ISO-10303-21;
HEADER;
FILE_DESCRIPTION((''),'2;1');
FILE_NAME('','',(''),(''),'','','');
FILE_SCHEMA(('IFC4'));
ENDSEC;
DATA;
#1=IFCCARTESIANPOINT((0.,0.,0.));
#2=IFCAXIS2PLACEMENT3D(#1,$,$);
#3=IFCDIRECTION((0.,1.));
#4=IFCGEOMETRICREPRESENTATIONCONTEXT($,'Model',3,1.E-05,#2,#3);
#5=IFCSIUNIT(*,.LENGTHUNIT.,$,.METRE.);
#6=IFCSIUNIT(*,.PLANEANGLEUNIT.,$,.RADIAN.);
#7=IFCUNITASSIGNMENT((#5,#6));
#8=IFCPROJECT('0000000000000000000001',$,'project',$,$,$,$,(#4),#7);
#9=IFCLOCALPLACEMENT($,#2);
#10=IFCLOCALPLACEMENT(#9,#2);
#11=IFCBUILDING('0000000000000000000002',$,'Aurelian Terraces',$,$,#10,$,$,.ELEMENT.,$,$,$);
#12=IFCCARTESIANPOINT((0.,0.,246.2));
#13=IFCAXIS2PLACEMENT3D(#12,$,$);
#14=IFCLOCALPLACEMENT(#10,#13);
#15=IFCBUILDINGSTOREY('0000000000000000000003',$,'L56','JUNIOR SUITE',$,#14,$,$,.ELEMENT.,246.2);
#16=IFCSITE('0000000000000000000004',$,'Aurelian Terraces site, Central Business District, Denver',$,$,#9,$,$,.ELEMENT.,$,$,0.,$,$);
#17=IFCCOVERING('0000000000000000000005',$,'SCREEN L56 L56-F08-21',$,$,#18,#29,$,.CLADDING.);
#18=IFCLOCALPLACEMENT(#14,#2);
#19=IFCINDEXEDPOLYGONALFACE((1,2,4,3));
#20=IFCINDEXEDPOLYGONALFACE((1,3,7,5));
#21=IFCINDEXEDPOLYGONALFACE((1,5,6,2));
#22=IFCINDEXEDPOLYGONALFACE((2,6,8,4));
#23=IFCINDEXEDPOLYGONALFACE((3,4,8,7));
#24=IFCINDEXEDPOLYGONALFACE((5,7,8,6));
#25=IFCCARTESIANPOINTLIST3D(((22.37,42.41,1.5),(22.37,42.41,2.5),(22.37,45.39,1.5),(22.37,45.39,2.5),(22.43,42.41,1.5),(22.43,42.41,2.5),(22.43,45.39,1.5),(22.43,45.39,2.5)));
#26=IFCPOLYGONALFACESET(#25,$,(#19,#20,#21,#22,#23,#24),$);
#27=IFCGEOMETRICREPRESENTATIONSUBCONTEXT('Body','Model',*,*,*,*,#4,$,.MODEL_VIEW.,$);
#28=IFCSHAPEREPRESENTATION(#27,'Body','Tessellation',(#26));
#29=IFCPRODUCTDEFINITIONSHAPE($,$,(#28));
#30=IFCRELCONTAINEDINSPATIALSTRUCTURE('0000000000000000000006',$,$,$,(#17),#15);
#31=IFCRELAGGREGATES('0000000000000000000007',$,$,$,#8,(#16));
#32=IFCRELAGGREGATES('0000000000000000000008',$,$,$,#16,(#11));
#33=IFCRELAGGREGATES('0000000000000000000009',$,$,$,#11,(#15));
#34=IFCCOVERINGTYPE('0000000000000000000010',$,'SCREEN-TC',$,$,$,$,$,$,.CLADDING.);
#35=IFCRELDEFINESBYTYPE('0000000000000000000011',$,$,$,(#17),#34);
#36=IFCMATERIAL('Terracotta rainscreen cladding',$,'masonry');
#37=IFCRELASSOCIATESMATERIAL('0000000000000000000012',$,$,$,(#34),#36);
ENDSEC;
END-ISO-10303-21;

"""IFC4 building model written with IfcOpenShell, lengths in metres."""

from ifc_helpers import new_model, si_unit, direction, frame, origin, origin_2d, place, context, subcontext, project, spatial, rectangle, extrude, source, transform, mapped, material, type_object, element, save


model = new_model("IFC4")

# Units and contexts
model_context = context("Model", 3, precision=1e-05, world=origin(), true_north=direction((0.0, 1.0)))
body_context = subcontext(model_context, "Body", "Model", "MODEL_VIEW")
ifc_project = project(units=[si_unit("LENGTHUNIT", "METRE"), si_unit("PLANEANGLEUNIT", "RADIAN")], contexts=[model_context])

# Site, building, storey
site_placement = place(None, origin())
site = spatial("IfcSite", under=ifc_project, at=site_placement, Name="Aurelian Terraces site, Central Business District, Denver", CompositionType="ELEMENT", RefElevation=0.0)
building_placement = place(site_placement, origin())
building = spatial("IfcBuilding", under=site, at=building_placement, Name="Aurelian Terraces", CompositionType="ELEMENT")
storey_placement = place(building_placement, frame((0.0, 0.0, 246.2)))
storey = spatial("IfcBuildingStorey", under=building, at=storey_placement, Name="L56", Description="JUNIOR SUITE", CompositionType="ELEMENT", Elevation=246.2)

# Shared definitions
ifc_material_1 = material(Name="Terracotta rainscreen cladding", Category="masonry")

# Covering
covering_type_1 = type_object("IfcCoveringType", Name="SCREEN-TC", PredefinedType="CLADDING", material=ifc_material_1)
shared_shape_1 = source(origin(), body_context, "Body", "SweptSolid", [
    extrude(rectangle(XDim=0.06, YDim=2.98, at=origin_2d()), origin(), (0.0, 0.0, 1.0), 1.0),
])
covering_1_placement = place(storey_placement, frame((22.4, 43.9, 1.5), z_axis=(0.0, 0.0, 1.0), x_axis=(1.0, 0.0, 0.0)))
element("IfcCovering", 1, at=covering_1_placement, inside=storey, type_object=covering_type_1, Name="SCREEN L56 L56-F08-21", PredefinedType="CLADDING", context=body_context, shape_type="MappedRepresentation", body=[
    mapped(shared_shape_1, transform((0.0, 0.0, 0.0), scale=1.0)),
])

save(model, "model.ifc")
